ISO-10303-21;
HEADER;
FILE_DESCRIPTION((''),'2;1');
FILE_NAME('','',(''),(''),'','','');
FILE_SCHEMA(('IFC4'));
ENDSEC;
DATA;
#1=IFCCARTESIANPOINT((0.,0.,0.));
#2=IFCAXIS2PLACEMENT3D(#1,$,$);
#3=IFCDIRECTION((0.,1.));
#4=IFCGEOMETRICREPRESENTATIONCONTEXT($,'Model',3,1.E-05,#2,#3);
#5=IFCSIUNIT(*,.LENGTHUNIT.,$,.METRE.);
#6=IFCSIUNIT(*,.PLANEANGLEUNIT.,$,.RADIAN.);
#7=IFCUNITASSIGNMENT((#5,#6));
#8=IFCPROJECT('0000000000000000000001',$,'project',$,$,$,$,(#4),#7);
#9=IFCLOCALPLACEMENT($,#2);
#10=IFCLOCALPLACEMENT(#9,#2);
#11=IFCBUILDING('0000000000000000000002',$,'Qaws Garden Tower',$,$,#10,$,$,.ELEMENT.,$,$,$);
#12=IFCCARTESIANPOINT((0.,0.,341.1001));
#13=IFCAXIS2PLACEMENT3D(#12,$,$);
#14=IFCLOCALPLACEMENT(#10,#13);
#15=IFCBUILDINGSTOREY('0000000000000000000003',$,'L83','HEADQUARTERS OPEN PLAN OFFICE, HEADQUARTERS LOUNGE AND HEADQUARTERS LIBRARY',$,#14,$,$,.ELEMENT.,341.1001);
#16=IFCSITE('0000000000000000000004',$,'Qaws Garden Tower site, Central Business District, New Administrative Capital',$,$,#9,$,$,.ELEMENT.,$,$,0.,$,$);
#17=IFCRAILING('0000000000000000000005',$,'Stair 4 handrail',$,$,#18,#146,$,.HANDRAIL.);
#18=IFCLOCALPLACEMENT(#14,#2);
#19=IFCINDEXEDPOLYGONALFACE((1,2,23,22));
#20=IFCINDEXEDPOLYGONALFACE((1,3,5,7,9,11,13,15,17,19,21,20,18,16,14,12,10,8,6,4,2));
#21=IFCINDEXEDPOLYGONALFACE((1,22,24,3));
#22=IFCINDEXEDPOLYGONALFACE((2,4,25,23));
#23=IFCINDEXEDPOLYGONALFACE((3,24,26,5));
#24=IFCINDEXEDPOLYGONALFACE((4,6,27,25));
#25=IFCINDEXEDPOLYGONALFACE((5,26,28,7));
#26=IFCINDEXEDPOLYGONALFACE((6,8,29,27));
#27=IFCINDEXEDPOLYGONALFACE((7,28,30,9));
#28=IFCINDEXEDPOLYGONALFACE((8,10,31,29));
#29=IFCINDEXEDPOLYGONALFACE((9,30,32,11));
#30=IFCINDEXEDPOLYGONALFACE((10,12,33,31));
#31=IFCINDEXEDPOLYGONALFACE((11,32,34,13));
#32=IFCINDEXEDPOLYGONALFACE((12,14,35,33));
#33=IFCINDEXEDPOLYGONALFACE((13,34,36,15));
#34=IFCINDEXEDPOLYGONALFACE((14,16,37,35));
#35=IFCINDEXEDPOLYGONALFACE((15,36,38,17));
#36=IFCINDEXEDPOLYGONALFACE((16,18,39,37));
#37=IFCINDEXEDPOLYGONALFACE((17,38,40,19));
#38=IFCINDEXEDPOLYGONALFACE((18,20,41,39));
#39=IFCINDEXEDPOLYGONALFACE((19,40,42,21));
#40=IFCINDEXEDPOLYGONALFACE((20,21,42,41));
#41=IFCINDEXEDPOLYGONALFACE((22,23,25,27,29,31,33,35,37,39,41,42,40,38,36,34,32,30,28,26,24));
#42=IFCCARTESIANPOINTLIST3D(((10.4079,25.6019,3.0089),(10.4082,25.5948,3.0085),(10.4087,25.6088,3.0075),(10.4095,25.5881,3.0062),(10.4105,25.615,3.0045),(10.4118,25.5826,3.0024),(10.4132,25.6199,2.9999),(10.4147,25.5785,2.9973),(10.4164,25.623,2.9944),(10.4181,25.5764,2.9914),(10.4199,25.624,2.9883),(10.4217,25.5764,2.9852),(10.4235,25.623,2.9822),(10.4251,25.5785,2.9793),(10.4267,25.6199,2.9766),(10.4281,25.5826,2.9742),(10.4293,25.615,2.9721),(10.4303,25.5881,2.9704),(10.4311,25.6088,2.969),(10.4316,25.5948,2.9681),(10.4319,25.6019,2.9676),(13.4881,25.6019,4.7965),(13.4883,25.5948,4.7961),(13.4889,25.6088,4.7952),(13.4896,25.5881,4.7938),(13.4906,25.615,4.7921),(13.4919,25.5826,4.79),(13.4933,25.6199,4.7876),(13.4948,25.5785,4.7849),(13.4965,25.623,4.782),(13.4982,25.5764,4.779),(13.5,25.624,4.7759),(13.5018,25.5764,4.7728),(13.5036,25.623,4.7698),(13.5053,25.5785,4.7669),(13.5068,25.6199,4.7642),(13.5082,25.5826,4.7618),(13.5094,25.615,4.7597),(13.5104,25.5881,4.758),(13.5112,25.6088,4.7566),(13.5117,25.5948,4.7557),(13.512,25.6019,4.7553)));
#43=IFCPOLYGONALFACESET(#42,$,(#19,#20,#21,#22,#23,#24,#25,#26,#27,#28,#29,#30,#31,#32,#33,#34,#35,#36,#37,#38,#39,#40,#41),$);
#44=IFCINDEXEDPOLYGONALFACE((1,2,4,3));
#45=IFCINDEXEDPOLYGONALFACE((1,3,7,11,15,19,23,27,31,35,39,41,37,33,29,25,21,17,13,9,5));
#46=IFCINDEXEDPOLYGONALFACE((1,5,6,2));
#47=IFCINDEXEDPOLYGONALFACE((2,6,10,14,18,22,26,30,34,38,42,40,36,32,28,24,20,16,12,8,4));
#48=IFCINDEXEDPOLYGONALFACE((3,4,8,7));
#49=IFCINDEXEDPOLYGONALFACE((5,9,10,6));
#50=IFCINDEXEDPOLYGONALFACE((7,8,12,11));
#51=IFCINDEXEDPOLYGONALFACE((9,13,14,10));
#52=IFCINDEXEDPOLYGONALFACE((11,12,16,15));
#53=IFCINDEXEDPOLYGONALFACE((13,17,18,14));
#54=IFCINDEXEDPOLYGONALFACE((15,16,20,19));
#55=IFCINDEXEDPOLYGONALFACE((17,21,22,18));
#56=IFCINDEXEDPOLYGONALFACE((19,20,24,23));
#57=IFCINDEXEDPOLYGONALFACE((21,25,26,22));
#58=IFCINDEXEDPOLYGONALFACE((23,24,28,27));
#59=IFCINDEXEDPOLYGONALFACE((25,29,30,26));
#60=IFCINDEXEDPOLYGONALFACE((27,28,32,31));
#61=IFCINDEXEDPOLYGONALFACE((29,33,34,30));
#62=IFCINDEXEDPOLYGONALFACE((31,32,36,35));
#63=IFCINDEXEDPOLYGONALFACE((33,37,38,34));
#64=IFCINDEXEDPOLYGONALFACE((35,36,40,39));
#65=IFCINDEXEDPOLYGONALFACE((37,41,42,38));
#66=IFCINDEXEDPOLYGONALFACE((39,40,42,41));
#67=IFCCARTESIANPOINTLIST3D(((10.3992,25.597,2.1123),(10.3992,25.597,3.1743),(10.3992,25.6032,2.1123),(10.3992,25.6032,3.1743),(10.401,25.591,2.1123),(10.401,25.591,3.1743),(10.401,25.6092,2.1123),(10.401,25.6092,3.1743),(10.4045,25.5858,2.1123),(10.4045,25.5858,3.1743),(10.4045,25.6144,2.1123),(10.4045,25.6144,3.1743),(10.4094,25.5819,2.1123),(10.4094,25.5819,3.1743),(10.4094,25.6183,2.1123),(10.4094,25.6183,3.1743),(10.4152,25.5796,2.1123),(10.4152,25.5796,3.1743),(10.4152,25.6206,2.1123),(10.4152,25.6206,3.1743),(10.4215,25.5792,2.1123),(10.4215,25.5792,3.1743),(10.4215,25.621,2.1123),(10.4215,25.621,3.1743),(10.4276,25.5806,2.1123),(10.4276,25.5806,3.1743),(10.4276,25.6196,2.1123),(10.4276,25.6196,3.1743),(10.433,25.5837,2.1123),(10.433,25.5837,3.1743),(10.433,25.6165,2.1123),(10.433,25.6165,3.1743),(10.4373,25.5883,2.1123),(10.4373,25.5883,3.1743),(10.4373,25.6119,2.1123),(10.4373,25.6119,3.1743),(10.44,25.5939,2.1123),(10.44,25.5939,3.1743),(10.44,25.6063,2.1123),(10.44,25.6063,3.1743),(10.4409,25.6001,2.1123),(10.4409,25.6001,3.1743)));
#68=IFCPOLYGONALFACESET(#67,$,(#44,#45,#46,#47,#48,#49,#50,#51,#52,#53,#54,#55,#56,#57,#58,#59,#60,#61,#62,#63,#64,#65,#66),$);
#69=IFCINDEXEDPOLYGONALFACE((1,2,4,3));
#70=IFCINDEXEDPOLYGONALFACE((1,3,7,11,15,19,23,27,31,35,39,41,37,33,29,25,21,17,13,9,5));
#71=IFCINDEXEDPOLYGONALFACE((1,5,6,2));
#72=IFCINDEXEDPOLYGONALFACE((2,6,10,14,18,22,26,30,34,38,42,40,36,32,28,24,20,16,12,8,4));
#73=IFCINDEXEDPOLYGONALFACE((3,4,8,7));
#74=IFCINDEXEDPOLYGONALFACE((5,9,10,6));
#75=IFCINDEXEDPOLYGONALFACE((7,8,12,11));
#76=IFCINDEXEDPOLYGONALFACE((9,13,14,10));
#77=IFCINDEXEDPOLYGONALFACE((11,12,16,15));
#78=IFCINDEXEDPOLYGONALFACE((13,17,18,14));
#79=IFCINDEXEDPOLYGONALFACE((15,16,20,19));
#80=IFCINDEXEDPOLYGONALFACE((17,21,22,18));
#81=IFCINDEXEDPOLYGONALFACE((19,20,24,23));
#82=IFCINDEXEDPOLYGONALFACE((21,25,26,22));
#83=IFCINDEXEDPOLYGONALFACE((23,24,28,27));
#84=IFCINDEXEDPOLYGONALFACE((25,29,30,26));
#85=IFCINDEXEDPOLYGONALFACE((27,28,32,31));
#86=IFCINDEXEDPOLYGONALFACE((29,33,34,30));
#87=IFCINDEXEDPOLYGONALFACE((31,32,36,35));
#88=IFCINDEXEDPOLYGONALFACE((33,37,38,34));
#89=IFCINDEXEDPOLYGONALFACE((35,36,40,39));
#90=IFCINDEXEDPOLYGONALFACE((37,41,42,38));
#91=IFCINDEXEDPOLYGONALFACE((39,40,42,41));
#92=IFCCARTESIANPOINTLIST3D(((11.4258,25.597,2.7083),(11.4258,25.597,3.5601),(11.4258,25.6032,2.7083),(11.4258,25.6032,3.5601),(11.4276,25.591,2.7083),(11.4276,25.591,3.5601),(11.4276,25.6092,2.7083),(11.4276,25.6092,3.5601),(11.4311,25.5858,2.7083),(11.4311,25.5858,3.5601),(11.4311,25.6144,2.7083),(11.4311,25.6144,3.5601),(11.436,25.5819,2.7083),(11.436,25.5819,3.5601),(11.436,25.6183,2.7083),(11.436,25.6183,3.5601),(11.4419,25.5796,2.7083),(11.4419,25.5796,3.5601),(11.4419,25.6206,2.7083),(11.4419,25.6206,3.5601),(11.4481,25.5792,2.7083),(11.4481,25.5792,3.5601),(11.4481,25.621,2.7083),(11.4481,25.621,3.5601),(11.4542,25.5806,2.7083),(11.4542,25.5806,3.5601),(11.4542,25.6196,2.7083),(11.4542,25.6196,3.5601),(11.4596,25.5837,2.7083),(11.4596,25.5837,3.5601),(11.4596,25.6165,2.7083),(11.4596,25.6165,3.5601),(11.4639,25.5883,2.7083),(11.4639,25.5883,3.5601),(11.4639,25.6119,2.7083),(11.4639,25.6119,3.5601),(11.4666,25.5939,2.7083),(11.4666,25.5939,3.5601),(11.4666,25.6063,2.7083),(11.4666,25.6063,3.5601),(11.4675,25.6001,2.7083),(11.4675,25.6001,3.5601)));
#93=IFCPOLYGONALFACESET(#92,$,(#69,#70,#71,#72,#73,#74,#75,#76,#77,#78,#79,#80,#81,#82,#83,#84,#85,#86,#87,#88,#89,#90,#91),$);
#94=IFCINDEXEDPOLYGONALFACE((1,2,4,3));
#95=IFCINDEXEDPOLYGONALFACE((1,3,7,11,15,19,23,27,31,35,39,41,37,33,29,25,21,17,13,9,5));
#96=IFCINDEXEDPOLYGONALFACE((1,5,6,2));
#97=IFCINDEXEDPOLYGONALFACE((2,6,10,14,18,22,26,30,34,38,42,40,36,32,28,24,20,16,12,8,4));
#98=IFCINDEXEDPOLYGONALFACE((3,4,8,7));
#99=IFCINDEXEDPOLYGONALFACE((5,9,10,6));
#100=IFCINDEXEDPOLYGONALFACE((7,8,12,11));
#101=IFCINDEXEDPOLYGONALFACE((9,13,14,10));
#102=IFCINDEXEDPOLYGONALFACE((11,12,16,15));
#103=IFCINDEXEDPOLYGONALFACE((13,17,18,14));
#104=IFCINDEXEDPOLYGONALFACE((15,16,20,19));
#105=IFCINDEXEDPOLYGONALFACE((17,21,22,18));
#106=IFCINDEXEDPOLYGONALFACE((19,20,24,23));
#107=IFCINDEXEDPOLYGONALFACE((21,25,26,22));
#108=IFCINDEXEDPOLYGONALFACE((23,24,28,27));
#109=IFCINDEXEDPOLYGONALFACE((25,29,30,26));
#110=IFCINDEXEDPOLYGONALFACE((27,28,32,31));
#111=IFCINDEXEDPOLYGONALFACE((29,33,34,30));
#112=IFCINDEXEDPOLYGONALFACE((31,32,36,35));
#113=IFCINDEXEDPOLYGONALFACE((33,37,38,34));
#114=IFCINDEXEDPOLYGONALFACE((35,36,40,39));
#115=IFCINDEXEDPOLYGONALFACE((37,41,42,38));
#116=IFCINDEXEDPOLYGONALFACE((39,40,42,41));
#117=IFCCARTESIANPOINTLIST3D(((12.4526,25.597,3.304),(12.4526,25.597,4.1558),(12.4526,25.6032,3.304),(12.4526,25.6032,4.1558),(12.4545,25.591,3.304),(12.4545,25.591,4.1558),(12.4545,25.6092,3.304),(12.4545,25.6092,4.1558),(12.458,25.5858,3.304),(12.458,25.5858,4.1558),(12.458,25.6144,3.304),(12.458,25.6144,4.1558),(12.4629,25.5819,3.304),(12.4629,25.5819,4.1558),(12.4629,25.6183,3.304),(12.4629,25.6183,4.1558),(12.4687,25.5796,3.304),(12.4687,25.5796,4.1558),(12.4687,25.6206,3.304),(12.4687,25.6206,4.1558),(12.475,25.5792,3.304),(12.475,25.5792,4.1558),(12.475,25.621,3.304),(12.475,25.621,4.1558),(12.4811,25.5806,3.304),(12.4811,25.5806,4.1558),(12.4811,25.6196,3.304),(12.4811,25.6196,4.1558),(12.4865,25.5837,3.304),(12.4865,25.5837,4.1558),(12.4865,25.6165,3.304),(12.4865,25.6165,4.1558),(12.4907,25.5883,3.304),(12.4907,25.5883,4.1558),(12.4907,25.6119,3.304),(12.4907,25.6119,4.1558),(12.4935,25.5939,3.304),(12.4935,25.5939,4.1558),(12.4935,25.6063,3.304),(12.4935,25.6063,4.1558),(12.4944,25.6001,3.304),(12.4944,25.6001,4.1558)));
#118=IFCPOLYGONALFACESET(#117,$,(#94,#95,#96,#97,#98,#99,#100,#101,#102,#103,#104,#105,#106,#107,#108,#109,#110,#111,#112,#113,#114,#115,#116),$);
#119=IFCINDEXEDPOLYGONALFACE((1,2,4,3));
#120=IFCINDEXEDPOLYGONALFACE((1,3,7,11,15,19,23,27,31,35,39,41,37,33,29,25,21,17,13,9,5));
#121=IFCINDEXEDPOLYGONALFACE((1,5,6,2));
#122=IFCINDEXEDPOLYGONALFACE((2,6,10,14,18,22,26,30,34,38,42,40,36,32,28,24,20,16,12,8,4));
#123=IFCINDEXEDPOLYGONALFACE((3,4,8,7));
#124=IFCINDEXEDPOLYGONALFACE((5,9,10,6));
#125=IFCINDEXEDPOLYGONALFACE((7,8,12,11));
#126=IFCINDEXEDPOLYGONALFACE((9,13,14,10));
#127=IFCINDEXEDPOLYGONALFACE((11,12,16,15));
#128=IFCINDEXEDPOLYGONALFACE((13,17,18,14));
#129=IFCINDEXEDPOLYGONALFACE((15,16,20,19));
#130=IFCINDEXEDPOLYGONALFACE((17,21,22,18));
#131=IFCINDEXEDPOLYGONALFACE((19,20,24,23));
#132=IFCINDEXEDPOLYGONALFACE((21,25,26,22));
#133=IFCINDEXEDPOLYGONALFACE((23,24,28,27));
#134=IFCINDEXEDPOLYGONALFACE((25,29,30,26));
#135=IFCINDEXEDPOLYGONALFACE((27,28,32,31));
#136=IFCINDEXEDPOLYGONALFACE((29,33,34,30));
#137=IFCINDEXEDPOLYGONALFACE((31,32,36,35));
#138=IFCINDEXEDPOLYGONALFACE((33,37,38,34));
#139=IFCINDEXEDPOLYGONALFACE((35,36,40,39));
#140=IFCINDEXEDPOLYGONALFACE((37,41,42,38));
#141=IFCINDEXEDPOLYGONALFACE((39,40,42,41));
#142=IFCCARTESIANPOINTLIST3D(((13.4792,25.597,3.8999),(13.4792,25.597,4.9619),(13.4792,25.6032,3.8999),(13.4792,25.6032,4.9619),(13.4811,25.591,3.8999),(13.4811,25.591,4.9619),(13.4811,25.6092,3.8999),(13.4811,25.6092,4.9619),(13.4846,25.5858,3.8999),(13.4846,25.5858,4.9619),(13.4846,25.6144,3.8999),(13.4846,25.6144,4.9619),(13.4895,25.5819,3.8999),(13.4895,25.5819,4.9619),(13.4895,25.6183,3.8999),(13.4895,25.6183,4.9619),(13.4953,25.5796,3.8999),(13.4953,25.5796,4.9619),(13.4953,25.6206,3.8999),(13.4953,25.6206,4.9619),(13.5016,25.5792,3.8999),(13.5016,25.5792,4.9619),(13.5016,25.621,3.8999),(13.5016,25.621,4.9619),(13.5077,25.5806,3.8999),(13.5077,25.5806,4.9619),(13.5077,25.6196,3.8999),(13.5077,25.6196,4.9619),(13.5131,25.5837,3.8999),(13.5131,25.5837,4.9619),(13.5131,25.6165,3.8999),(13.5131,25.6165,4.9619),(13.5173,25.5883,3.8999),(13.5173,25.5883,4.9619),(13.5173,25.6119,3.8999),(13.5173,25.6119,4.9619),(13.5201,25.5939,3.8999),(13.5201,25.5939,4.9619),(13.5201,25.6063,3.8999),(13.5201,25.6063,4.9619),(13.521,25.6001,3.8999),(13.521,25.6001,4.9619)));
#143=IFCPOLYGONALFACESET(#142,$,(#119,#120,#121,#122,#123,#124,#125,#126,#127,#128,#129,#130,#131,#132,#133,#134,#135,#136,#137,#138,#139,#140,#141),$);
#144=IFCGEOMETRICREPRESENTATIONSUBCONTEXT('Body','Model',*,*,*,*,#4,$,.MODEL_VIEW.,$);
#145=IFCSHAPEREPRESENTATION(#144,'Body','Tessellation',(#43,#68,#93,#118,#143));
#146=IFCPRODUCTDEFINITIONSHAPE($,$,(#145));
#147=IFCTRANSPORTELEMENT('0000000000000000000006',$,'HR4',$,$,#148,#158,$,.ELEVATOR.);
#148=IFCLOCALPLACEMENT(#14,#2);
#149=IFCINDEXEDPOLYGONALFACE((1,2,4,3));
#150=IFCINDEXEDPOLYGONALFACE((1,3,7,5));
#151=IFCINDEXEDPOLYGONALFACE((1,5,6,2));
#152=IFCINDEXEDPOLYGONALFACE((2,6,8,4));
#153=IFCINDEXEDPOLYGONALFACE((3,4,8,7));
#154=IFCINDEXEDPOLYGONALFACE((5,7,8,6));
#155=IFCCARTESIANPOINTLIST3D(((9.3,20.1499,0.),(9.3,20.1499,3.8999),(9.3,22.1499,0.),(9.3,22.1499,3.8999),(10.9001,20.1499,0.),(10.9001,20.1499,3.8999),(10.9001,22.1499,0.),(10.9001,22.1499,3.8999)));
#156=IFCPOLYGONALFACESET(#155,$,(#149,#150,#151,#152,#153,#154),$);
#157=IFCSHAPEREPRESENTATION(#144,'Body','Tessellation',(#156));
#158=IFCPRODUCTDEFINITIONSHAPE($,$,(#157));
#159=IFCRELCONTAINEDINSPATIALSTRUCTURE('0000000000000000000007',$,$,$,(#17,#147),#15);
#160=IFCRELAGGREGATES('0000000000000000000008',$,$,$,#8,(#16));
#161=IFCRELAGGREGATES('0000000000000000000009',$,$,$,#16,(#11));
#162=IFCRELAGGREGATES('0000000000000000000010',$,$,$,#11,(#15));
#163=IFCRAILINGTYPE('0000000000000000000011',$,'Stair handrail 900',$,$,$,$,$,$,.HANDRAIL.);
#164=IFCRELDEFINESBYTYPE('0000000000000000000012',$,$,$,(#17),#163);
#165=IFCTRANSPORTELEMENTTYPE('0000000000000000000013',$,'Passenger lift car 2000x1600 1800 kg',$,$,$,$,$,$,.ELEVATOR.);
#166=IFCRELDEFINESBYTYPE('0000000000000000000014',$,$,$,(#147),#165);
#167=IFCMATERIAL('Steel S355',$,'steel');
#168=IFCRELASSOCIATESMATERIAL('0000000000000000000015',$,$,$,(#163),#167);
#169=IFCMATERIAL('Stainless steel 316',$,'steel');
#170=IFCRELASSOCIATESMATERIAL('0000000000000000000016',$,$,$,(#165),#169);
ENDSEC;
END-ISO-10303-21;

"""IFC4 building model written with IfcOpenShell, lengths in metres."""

from ifc_helpers import new_model, si_unit, direction, frame, origin, origin_2d, place, context, subcontext, project, spatial, rectangle, circle, extrude, material, type_object, element, save


model = new_model("IFC4")

# Units and contexts
model_context = context("Model", 3, precision=1e-05, world=origin(), true_north=direction((0.0, 1.0)))
body_context = subcontext(model_context, "Body", "Model", "MODEL_VIEW")
ifc_project = project(units=[si_unit("LENGTHUNIT", "METRE"), si_unit("PLANEANGLEUNIT", "RADIAN")], contexts=[model_context])

# Site, building, storey
site_placement = place(None, origin())
site = spatial("IfcSite", under=ifc_project, at=site_placement, Name="Qaws Garden Tower site, Central Business District, New Administrative Capital", CompositionType="ELEMENT", RefElevation=0.0)
building_placement = place(site_placement, origin())
building = spatial("IfcBuilding", under=site, at=building_placement, Name="Qaws Garden Tower", CompositionType="ELEMENT")
storey_placement = place(building_placement, frame((0.0, 0.0, 341.1001)))
storey = spatial("IfcBuildingStorey", under=building, at=storey_placement, Name="L83", Description="HEADQUARTERS OPEN PLAN OFFICE, HEADQUARTERS LOUNGE AND HEADQUARTERS LIBRARY", CompositionType="ELEMENT", Elevation=341.1001)

# Railing
ifc_material_1 = material(Name="Steel S355", Category="steel")
railing_type = type_object("IfcRailingType", Name="Stair handrail 900", PredefinedType="HANDRAIL", material=ifc_material_1)
railing_1_placement = place(storey_placement, frame((10.4199, 25.6001, 2.1123)))
element("IfcRailing", 1, at=railing_1_placement, inside=storey, type_object=railing_type, Name="Stair 4 handrail", PredefinedType="HANDRAIL", context=body_context, shape_type="SweptSolid", body=[
    extrude(circle(Radius=0.0239, at=origin_2d()), frame((0.0, 0.0, 0.876), z_axis=(0.864891, 0.0, 0.50196), x_axis=(0.0, 1.0, 0.0)), (0.0, 0.0, 1.0), 3.5613),
    extrude(circle(Radius=0.021, at=origin_2d()), origin(), (0.0, 0.0, 1.0), 1.062),
    extrude(circle(Radius=0.021, at=origin_2d()), frame((1.0266, 0.0, 0.5959)), (0.0, 0.0, 1.0), 0.8518),
    extrude(circle(Radius=0.021, at=origin_2d()), frame((2.0535, 0.0, 1.1917)), (0.0, 0.0, 1.0), 0.8518),
    extrude(circle(Radius=0.021, at=origin_2d()), frame((3.0801, 0.0, 1.7876)), (0.0, 0.0, 1.0), 1.062),
])

# Transport element
ifc_material_2 = material(Name="Stainless steel 316", Category="steel")
transport_element_type = type_object("IfcTransportElementType", Name="Passenger lift car 2000x1600 1800 kg", PredefinedType="ELEVATOR", material=ifc_material_2)
transport_element_placement = place(storey_placement, frame((10.1001, 21.1499, 0.0), z_axis=(0.0, 0.0, 1.0), x_axis=(1.0, 0.0, 0.0)))
element("IfcTransportElement", 2, at=transport_element_placement, inside=storey, type_object=transport_element_type, Name="HR4", PredefinedType="ELEVATOR", context=body_context, shape_type="SweptSolid", body=[
    extrude(rectangle(XDim=1.6001, YDim=2.0, at=origin_2d()), origin(), (0.0, 0.0, 1.0), 3.8999),
])

save(model, "model.ifc")
